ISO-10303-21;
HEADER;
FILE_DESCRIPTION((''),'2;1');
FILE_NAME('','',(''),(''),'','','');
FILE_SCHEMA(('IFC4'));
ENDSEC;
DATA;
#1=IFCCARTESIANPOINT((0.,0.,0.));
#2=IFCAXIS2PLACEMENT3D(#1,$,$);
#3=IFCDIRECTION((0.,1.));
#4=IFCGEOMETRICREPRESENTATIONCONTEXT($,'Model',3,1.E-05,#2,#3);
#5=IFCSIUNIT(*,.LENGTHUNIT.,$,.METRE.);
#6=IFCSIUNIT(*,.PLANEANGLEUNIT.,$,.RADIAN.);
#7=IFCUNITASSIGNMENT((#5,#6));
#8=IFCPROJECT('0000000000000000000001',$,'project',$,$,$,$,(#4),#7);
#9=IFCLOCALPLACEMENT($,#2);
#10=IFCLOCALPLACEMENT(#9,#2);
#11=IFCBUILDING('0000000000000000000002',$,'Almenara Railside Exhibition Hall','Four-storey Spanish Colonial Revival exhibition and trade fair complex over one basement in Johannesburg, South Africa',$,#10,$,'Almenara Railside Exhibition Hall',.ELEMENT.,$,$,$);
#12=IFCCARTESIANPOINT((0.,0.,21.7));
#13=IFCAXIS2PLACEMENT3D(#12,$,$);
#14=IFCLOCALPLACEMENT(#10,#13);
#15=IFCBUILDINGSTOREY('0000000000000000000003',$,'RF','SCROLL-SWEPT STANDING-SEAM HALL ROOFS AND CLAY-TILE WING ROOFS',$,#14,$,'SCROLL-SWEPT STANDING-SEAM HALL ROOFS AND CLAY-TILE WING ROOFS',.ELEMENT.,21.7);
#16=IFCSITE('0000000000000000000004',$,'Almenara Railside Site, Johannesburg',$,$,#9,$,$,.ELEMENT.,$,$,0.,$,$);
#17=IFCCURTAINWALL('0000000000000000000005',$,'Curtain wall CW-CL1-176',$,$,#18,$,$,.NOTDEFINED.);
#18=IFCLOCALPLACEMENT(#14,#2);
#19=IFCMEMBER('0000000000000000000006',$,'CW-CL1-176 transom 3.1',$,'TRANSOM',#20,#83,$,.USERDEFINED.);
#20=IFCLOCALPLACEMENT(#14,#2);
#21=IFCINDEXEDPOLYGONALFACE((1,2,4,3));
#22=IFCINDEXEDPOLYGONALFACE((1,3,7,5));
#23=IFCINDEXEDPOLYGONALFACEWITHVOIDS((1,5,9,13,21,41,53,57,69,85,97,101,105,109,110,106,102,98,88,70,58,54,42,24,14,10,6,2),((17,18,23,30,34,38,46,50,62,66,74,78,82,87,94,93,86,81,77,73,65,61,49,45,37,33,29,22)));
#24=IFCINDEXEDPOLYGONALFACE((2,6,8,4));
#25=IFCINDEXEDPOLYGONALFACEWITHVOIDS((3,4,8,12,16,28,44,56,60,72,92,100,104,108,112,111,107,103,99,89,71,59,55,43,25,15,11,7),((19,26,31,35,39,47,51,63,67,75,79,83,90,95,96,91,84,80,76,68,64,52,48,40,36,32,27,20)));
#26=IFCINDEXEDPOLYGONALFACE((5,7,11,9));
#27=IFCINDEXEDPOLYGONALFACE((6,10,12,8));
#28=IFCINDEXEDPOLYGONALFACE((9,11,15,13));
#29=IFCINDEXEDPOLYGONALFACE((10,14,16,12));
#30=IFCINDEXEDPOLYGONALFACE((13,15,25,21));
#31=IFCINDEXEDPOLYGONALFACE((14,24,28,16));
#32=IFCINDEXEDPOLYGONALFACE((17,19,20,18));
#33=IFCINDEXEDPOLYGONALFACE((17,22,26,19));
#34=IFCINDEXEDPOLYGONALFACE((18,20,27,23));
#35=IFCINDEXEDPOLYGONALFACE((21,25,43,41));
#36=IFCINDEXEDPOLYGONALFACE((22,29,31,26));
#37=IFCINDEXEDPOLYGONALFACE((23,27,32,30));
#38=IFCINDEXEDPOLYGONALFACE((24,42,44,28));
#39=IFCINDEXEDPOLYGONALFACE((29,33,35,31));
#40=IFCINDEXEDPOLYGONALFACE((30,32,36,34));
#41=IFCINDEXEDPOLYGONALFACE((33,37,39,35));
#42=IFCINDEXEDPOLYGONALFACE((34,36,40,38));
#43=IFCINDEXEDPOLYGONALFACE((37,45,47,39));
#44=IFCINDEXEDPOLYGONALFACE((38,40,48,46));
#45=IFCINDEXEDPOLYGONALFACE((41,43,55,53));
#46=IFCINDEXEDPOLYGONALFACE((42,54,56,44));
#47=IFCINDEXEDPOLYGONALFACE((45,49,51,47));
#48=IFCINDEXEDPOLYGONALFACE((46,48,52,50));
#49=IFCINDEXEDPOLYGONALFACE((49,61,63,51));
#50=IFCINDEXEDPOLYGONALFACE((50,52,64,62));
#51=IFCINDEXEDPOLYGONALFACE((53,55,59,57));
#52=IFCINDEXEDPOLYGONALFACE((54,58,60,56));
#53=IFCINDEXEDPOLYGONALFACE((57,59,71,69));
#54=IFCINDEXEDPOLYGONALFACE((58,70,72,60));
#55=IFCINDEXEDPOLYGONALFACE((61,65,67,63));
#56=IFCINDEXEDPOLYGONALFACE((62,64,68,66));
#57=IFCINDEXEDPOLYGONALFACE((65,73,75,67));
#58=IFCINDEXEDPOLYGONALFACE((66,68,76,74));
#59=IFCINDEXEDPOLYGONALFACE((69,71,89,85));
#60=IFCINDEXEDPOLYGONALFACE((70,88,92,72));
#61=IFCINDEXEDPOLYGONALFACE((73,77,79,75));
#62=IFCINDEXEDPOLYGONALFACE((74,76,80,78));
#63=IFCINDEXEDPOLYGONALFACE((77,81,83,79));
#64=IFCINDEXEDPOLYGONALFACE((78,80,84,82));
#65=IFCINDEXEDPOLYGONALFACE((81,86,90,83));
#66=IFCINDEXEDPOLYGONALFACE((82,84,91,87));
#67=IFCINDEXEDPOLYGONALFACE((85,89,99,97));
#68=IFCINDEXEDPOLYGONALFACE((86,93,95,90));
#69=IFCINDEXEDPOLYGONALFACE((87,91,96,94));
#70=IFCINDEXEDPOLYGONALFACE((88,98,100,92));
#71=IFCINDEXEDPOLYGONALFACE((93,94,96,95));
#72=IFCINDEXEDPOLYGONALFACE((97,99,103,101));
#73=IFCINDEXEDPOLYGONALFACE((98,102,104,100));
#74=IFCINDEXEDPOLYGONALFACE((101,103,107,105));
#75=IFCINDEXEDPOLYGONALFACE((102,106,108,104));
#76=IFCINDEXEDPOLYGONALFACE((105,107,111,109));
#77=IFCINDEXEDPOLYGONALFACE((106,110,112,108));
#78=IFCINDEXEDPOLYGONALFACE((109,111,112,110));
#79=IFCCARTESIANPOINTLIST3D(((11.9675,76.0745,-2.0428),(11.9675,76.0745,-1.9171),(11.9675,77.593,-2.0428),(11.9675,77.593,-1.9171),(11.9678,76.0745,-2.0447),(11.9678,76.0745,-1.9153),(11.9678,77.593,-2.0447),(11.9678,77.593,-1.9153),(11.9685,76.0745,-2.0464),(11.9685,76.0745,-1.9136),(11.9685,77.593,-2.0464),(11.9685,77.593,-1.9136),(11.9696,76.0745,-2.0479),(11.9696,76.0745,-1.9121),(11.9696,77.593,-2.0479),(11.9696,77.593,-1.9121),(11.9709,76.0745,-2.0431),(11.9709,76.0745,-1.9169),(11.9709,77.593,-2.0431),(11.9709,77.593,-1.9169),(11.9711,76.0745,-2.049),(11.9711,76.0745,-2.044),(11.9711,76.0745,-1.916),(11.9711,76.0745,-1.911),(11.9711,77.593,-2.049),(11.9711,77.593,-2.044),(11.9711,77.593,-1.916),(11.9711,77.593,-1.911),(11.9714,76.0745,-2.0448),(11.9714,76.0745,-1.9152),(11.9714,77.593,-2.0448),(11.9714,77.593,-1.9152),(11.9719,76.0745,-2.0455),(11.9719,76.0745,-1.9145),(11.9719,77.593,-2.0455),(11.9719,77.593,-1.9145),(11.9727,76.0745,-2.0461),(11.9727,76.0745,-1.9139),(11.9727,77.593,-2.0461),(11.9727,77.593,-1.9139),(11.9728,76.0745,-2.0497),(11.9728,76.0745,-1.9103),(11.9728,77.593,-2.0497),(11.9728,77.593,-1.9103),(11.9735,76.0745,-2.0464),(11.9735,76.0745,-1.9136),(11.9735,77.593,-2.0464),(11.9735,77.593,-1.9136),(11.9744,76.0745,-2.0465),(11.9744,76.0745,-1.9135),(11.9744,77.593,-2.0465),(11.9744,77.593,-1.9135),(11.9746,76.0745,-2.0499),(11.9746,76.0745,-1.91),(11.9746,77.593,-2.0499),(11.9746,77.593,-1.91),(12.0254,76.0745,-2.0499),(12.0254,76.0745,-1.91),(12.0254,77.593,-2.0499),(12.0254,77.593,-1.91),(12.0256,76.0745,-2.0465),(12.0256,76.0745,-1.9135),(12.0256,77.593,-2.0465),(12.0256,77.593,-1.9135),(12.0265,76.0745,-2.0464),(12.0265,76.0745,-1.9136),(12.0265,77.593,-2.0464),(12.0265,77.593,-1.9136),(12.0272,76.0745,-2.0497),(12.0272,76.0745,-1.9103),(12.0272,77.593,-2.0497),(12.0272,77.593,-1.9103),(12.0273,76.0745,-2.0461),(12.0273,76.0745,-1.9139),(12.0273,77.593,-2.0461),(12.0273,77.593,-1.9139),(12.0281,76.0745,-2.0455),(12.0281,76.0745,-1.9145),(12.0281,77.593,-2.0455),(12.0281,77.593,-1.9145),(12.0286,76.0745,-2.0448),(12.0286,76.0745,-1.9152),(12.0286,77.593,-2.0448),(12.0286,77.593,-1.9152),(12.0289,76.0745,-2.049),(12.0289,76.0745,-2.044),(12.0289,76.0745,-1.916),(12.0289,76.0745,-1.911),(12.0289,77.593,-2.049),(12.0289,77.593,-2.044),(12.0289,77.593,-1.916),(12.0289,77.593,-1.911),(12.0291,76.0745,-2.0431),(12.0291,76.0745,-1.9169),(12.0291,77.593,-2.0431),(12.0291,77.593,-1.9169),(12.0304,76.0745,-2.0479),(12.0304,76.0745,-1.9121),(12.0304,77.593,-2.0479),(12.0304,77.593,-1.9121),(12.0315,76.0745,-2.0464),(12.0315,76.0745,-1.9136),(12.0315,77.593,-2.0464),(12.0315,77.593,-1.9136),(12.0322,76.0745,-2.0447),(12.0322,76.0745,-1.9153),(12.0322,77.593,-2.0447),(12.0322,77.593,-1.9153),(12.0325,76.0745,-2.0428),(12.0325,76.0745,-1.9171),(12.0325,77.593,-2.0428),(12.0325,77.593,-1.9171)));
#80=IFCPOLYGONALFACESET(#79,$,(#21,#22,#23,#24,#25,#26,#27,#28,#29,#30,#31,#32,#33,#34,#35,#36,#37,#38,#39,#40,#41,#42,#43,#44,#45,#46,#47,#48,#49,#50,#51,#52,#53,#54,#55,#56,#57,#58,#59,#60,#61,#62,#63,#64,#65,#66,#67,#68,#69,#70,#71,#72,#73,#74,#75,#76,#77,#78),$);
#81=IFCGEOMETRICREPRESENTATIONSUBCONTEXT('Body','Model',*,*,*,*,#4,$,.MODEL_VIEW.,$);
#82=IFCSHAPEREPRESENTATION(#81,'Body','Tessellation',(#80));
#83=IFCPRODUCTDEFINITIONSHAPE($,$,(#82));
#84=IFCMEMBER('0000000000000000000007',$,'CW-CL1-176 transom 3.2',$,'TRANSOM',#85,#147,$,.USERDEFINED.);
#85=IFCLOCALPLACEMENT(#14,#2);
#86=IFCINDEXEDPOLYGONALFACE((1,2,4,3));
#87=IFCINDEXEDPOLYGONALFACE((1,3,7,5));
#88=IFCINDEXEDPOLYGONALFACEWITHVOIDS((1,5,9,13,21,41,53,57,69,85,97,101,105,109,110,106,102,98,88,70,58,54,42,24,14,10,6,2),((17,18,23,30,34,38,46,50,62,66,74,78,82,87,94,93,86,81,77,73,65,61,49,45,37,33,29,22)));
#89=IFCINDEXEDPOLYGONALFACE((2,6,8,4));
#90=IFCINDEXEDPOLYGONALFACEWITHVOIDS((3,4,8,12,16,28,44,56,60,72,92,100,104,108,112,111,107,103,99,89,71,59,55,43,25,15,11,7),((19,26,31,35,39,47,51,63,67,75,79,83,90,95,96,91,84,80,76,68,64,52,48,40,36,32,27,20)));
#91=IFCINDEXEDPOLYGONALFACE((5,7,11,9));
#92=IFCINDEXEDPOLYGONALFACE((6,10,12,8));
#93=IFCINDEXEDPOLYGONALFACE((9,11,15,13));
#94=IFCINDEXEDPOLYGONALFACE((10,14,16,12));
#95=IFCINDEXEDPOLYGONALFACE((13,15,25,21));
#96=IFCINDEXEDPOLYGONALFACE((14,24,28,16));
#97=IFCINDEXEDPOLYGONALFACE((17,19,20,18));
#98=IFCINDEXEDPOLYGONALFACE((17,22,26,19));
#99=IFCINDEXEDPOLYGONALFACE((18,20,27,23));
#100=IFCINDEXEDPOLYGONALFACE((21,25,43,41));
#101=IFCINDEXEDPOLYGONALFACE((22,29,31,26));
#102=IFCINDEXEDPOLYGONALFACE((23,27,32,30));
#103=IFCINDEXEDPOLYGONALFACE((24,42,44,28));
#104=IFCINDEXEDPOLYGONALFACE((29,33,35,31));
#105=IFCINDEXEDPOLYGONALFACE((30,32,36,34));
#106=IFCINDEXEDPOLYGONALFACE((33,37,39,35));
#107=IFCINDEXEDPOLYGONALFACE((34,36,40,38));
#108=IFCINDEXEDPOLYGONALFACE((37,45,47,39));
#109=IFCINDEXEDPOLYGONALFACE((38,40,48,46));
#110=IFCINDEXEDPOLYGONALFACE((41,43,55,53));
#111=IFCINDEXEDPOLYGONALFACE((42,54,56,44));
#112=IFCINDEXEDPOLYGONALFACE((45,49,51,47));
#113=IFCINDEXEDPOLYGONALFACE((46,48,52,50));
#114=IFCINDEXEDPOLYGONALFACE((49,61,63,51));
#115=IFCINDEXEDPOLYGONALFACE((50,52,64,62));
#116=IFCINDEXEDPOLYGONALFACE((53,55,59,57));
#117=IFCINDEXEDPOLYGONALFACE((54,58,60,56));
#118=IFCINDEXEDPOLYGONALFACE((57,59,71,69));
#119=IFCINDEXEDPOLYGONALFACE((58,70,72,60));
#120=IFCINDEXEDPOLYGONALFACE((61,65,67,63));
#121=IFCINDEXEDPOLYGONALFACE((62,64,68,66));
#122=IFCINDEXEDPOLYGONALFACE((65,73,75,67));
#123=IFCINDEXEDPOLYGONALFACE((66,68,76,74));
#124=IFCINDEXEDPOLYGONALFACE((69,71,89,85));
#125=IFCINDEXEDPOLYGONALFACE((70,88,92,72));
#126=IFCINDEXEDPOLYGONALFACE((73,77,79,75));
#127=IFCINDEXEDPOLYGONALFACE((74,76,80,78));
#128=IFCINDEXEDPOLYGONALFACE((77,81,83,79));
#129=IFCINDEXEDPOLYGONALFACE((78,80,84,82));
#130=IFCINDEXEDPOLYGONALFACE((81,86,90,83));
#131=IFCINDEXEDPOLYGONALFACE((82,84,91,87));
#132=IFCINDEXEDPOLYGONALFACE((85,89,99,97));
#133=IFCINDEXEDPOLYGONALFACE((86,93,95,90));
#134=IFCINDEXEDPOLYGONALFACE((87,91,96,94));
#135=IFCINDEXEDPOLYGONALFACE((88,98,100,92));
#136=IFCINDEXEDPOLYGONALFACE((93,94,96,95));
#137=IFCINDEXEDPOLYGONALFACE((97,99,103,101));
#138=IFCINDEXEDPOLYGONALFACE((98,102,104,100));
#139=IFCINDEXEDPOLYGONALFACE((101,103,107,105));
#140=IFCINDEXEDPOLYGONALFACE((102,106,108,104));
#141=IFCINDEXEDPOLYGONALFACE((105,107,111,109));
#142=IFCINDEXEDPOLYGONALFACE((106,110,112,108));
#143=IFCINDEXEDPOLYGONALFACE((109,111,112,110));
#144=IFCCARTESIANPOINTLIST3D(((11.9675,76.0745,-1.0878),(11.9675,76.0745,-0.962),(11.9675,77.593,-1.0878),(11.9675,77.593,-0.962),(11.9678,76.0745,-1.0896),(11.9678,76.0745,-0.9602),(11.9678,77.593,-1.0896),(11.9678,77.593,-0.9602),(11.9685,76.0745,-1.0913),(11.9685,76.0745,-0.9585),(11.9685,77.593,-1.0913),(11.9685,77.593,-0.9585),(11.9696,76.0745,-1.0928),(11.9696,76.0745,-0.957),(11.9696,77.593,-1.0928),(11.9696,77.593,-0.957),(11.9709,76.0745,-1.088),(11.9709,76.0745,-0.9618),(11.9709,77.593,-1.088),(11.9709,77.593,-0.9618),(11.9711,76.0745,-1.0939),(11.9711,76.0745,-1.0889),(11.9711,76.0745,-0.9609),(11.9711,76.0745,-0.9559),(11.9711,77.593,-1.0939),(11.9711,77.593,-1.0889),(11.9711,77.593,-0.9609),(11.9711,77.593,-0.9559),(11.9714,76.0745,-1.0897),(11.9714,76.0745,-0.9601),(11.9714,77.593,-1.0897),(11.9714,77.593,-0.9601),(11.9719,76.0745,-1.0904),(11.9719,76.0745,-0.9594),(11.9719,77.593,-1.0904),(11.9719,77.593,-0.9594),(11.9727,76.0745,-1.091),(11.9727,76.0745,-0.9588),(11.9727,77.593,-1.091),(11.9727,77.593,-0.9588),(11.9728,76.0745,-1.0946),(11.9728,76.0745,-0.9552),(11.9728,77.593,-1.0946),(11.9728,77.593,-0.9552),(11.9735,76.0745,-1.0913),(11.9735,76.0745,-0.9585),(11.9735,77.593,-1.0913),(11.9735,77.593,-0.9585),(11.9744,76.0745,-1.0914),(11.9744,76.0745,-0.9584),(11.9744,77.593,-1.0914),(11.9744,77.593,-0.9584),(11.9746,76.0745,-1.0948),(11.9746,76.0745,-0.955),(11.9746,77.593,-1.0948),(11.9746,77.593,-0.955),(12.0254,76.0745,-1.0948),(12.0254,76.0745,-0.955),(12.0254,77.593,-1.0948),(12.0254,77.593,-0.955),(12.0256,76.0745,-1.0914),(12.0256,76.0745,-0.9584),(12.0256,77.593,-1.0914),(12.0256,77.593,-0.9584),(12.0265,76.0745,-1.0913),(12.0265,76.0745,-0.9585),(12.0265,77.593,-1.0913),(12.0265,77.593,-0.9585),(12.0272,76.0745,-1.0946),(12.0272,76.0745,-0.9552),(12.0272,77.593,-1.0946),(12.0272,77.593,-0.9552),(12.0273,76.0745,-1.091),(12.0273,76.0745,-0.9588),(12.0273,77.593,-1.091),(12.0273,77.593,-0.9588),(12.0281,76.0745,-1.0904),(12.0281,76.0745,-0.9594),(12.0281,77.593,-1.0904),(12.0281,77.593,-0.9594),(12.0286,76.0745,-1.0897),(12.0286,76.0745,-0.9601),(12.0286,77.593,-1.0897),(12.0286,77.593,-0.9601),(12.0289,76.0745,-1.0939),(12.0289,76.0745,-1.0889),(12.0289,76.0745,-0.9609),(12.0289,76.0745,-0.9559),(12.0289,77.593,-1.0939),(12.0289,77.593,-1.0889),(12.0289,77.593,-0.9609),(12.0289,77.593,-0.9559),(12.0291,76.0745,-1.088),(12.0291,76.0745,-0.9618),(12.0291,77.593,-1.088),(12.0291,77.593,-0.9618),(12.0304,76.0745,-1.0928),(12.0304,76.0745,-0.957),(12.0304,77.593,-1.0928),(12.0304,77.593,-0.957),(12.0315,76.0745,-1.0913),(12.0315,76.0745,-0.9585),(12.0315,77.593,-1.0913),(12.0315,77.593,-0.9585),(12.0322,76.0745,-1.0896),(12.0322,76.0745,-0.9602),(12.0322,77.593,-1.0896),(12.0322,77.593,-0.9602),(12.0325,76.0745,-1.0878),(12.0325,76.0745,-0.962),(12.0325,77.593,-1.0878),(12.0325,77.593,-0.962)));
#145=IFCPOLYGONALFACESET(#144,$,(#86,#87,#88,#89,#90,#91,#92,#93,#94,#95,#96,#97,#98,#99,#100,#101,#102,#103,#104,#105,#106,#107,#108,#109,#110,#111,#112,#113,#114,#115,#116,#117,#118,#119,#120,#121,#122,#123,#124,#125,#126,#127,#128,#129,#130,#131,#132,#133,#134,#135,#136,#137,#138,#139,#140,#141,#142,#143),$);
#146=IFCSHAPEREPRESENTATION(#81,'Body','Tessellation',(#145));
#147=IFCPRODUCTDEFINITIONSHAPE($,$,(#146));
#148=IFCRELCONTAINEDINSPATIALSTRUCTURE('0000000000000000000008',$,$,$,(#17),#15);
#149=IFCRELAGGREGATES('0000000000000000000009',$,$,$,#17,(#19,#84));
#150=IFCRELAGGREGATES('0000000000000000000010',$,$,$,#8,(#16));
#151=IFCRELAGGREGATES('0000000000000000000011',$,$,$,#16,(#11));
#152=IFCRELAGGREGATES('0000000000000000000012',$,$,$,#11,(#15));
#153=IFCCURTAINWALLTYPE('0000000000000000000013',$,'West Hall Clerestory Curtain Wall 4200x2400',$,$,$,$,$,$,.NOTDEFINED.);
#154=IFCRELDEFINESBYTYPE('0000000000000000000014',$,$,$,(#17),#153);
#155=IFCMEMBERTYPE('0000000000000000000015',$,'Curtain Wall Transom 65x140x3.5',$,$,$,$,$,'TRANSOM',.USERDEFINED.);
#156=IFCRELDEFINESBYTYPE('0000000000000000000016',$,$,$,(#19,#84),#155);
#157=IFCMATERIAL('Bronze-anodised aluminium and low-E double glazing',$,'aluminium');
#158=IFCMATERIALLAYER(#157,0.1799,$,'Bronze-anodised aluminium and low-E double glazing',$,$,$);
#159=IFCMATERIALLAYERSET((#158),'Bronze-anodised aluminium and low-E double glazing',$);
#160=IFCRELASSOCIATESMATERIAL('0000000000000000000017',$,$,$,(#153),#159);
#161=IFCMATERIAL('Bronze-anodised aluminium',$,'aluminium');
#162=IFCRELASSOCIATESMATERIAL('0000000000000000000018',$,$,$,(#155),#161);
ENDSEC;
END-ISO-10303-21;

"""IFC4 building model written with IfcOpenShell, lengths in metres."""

from ifc_helpers import new_model, si_unit, direction, frame, origin, origin_2d, place, context, subcontext, project, spatial, hollow_rectangle, extrude, material, layer, layer_set, material_profile, profile_set, type_object, element, aggregate, save


model = new_model("IFC4")

# Units and contexts
model_context = context("Model", 3, precision=1e-05, world=origin(), true_north=direction((0.0, 1.0)))
body_context = subcontext(model_context, "Body", "Model", "MODEL_VIEW")
ifc_project = project(units=[si_unit("LENGTHUNIT", "METRE"), si_unit("PLANEANGLEUNIT", "RADIAN")], contexts=[model_context])

# Site, building, storey
site_placement = place(None, origin())
site = spatial("IfcSite", under=ifc_project, at=site_placement, Name="Almenara Railside Site, Johannesburg", CompositionType="ELEMENT", RefElevation=0.0)
building_placement = place(site_placement, origin())
building = spatial("IfcBuilding", under=site, at=building_placement, Name="Almenara Railside Exhibition Hall", Description="Four-storey Spanish Colonial Revival exhibition and trade fair complex over one basement in Johannesburg, South Africa", LongName="Almenara Railside Exhibition Hall", CompositionType="ELEMENT")
storey_placement = place(building_placement, frame((0.0, 0.0, 21.7)))
storey = spatial("IfcBuildingStorey", under=building, at=storey_placement, Name="RF", Description="SCROLL-SWEPT STANDING-SEAM HALL ROOFS AND CLAY-TILE WING ROOFS", LongName="SCROLL-SWEPT STANDING-SEAM HALL ROOFS AND CLAY-TILE WING ROOFS", CompositionType="ELEMENT", Elevation=21.7)

# Curtain wall, members
ifc_material_1 = material(Name="Bronze-anodised aluminium and low-E double glazing", Category="aluminium")
ifc_layer_1 = layer(ifc_material_1, 0.1799, Name="Bronze-anodised aluminium and low-E double glazing")
ifc_layer_set_1 = layer_set([ifc_layer_1], Name="Bronze-anodised aluminium and low-E double glazing")
curtain_wall_type = type_object("IfcCurtainWallType", Name="West Hall Clerestory Curtain Wall 4200x2400", PredefinedType="NOTDEFINED", material=ifc_layer_set_1)
curtain_wall_placement = place(storey_placement, origin())
curtain_wall = element("IfcCurtainWall", 1, at=curtain_wall_placement, inside=storey, type_object=curtain_wall_type, Name="Curtain wall CW-CL1-176", PredefinedType="NOTDEFINED")
ifc_material_2 = material(Name="Bronze-anodised aluminium", Category="aluminium")
ifc_material_profile_1 = material_profile(ifc_material_2, hollow_rectangle(XDim=0.0649, YDim=0.1399, WallThickness=0.0034, InnerFilletRadius=0.0034, OuterFilletRadius=0.0071, at=origin_2d()), Name="ALU-TRN 65x140x3.5")
ifc_profile_set_1 = profile_set([ifc_material_profile_1], Name="Bronze-anodised aluminium")
member_type_1 = type_object("IfcMemberType", Name="Curtain Wall Transom 65x140x3.5", ElementType="TRANSOM", PredefinedType="USERDEFINED", material=ifc_profile_set_1)
member_1_placement = place(storey_placement, frame((12.0, 76.0745, -1.98), z_axis=(0.0, 1.0, 0.0), x_axis=(-1.0, 0.0, 0.0)))
member_1 = element("IfcMember", 2, at=member_1_placement, type_object=member_type_1, Name="CW-CL1-176 transom 3.1", ObjectType="TRANSOM", PredefinedType="USERDEFINED", context=body_context, shape_type="SweptSolid", body=[
    extrude(hollow_rectangle(XDim=0.0649, YDim=0.1399, WallThickness=0.0034, InnerFilletRadius=0.0034, OuterFilletRadius=0.0071, at=origin_2d()), origin(), (0.0, 0.0, 1.0), 1.5186),
])
member_2_placement = place(storey_placement, frame((12.0, 76.0745, -1.0249), z_axis=(0.0, 1.0, 0.0), x_axis=(-1.0, 0.0, 0.0)))
member_2 = element("IfcMember", 3, at=member_2_placement, type_object=member_type_1, Name="CW-CL1-176 transom 3.2", ObjectType="TRANSOM", PredefinedType="USERDEFINED", context=body_context, shape_type="SweptSolid", body=[
    extrude(hollow_rectangle(XDim=0.0649, YDim=0.1399, WallThickness=0.0034, InnerFilletRadius=0.0034, OuterFilletRadius=0.0071, at=origin_2d()), origin(), (0.0, 0.0, 1.0), 1.5186),
])

aggregate(curtain_wall, [member_1, member_2])

save(model, "model.ifc")
